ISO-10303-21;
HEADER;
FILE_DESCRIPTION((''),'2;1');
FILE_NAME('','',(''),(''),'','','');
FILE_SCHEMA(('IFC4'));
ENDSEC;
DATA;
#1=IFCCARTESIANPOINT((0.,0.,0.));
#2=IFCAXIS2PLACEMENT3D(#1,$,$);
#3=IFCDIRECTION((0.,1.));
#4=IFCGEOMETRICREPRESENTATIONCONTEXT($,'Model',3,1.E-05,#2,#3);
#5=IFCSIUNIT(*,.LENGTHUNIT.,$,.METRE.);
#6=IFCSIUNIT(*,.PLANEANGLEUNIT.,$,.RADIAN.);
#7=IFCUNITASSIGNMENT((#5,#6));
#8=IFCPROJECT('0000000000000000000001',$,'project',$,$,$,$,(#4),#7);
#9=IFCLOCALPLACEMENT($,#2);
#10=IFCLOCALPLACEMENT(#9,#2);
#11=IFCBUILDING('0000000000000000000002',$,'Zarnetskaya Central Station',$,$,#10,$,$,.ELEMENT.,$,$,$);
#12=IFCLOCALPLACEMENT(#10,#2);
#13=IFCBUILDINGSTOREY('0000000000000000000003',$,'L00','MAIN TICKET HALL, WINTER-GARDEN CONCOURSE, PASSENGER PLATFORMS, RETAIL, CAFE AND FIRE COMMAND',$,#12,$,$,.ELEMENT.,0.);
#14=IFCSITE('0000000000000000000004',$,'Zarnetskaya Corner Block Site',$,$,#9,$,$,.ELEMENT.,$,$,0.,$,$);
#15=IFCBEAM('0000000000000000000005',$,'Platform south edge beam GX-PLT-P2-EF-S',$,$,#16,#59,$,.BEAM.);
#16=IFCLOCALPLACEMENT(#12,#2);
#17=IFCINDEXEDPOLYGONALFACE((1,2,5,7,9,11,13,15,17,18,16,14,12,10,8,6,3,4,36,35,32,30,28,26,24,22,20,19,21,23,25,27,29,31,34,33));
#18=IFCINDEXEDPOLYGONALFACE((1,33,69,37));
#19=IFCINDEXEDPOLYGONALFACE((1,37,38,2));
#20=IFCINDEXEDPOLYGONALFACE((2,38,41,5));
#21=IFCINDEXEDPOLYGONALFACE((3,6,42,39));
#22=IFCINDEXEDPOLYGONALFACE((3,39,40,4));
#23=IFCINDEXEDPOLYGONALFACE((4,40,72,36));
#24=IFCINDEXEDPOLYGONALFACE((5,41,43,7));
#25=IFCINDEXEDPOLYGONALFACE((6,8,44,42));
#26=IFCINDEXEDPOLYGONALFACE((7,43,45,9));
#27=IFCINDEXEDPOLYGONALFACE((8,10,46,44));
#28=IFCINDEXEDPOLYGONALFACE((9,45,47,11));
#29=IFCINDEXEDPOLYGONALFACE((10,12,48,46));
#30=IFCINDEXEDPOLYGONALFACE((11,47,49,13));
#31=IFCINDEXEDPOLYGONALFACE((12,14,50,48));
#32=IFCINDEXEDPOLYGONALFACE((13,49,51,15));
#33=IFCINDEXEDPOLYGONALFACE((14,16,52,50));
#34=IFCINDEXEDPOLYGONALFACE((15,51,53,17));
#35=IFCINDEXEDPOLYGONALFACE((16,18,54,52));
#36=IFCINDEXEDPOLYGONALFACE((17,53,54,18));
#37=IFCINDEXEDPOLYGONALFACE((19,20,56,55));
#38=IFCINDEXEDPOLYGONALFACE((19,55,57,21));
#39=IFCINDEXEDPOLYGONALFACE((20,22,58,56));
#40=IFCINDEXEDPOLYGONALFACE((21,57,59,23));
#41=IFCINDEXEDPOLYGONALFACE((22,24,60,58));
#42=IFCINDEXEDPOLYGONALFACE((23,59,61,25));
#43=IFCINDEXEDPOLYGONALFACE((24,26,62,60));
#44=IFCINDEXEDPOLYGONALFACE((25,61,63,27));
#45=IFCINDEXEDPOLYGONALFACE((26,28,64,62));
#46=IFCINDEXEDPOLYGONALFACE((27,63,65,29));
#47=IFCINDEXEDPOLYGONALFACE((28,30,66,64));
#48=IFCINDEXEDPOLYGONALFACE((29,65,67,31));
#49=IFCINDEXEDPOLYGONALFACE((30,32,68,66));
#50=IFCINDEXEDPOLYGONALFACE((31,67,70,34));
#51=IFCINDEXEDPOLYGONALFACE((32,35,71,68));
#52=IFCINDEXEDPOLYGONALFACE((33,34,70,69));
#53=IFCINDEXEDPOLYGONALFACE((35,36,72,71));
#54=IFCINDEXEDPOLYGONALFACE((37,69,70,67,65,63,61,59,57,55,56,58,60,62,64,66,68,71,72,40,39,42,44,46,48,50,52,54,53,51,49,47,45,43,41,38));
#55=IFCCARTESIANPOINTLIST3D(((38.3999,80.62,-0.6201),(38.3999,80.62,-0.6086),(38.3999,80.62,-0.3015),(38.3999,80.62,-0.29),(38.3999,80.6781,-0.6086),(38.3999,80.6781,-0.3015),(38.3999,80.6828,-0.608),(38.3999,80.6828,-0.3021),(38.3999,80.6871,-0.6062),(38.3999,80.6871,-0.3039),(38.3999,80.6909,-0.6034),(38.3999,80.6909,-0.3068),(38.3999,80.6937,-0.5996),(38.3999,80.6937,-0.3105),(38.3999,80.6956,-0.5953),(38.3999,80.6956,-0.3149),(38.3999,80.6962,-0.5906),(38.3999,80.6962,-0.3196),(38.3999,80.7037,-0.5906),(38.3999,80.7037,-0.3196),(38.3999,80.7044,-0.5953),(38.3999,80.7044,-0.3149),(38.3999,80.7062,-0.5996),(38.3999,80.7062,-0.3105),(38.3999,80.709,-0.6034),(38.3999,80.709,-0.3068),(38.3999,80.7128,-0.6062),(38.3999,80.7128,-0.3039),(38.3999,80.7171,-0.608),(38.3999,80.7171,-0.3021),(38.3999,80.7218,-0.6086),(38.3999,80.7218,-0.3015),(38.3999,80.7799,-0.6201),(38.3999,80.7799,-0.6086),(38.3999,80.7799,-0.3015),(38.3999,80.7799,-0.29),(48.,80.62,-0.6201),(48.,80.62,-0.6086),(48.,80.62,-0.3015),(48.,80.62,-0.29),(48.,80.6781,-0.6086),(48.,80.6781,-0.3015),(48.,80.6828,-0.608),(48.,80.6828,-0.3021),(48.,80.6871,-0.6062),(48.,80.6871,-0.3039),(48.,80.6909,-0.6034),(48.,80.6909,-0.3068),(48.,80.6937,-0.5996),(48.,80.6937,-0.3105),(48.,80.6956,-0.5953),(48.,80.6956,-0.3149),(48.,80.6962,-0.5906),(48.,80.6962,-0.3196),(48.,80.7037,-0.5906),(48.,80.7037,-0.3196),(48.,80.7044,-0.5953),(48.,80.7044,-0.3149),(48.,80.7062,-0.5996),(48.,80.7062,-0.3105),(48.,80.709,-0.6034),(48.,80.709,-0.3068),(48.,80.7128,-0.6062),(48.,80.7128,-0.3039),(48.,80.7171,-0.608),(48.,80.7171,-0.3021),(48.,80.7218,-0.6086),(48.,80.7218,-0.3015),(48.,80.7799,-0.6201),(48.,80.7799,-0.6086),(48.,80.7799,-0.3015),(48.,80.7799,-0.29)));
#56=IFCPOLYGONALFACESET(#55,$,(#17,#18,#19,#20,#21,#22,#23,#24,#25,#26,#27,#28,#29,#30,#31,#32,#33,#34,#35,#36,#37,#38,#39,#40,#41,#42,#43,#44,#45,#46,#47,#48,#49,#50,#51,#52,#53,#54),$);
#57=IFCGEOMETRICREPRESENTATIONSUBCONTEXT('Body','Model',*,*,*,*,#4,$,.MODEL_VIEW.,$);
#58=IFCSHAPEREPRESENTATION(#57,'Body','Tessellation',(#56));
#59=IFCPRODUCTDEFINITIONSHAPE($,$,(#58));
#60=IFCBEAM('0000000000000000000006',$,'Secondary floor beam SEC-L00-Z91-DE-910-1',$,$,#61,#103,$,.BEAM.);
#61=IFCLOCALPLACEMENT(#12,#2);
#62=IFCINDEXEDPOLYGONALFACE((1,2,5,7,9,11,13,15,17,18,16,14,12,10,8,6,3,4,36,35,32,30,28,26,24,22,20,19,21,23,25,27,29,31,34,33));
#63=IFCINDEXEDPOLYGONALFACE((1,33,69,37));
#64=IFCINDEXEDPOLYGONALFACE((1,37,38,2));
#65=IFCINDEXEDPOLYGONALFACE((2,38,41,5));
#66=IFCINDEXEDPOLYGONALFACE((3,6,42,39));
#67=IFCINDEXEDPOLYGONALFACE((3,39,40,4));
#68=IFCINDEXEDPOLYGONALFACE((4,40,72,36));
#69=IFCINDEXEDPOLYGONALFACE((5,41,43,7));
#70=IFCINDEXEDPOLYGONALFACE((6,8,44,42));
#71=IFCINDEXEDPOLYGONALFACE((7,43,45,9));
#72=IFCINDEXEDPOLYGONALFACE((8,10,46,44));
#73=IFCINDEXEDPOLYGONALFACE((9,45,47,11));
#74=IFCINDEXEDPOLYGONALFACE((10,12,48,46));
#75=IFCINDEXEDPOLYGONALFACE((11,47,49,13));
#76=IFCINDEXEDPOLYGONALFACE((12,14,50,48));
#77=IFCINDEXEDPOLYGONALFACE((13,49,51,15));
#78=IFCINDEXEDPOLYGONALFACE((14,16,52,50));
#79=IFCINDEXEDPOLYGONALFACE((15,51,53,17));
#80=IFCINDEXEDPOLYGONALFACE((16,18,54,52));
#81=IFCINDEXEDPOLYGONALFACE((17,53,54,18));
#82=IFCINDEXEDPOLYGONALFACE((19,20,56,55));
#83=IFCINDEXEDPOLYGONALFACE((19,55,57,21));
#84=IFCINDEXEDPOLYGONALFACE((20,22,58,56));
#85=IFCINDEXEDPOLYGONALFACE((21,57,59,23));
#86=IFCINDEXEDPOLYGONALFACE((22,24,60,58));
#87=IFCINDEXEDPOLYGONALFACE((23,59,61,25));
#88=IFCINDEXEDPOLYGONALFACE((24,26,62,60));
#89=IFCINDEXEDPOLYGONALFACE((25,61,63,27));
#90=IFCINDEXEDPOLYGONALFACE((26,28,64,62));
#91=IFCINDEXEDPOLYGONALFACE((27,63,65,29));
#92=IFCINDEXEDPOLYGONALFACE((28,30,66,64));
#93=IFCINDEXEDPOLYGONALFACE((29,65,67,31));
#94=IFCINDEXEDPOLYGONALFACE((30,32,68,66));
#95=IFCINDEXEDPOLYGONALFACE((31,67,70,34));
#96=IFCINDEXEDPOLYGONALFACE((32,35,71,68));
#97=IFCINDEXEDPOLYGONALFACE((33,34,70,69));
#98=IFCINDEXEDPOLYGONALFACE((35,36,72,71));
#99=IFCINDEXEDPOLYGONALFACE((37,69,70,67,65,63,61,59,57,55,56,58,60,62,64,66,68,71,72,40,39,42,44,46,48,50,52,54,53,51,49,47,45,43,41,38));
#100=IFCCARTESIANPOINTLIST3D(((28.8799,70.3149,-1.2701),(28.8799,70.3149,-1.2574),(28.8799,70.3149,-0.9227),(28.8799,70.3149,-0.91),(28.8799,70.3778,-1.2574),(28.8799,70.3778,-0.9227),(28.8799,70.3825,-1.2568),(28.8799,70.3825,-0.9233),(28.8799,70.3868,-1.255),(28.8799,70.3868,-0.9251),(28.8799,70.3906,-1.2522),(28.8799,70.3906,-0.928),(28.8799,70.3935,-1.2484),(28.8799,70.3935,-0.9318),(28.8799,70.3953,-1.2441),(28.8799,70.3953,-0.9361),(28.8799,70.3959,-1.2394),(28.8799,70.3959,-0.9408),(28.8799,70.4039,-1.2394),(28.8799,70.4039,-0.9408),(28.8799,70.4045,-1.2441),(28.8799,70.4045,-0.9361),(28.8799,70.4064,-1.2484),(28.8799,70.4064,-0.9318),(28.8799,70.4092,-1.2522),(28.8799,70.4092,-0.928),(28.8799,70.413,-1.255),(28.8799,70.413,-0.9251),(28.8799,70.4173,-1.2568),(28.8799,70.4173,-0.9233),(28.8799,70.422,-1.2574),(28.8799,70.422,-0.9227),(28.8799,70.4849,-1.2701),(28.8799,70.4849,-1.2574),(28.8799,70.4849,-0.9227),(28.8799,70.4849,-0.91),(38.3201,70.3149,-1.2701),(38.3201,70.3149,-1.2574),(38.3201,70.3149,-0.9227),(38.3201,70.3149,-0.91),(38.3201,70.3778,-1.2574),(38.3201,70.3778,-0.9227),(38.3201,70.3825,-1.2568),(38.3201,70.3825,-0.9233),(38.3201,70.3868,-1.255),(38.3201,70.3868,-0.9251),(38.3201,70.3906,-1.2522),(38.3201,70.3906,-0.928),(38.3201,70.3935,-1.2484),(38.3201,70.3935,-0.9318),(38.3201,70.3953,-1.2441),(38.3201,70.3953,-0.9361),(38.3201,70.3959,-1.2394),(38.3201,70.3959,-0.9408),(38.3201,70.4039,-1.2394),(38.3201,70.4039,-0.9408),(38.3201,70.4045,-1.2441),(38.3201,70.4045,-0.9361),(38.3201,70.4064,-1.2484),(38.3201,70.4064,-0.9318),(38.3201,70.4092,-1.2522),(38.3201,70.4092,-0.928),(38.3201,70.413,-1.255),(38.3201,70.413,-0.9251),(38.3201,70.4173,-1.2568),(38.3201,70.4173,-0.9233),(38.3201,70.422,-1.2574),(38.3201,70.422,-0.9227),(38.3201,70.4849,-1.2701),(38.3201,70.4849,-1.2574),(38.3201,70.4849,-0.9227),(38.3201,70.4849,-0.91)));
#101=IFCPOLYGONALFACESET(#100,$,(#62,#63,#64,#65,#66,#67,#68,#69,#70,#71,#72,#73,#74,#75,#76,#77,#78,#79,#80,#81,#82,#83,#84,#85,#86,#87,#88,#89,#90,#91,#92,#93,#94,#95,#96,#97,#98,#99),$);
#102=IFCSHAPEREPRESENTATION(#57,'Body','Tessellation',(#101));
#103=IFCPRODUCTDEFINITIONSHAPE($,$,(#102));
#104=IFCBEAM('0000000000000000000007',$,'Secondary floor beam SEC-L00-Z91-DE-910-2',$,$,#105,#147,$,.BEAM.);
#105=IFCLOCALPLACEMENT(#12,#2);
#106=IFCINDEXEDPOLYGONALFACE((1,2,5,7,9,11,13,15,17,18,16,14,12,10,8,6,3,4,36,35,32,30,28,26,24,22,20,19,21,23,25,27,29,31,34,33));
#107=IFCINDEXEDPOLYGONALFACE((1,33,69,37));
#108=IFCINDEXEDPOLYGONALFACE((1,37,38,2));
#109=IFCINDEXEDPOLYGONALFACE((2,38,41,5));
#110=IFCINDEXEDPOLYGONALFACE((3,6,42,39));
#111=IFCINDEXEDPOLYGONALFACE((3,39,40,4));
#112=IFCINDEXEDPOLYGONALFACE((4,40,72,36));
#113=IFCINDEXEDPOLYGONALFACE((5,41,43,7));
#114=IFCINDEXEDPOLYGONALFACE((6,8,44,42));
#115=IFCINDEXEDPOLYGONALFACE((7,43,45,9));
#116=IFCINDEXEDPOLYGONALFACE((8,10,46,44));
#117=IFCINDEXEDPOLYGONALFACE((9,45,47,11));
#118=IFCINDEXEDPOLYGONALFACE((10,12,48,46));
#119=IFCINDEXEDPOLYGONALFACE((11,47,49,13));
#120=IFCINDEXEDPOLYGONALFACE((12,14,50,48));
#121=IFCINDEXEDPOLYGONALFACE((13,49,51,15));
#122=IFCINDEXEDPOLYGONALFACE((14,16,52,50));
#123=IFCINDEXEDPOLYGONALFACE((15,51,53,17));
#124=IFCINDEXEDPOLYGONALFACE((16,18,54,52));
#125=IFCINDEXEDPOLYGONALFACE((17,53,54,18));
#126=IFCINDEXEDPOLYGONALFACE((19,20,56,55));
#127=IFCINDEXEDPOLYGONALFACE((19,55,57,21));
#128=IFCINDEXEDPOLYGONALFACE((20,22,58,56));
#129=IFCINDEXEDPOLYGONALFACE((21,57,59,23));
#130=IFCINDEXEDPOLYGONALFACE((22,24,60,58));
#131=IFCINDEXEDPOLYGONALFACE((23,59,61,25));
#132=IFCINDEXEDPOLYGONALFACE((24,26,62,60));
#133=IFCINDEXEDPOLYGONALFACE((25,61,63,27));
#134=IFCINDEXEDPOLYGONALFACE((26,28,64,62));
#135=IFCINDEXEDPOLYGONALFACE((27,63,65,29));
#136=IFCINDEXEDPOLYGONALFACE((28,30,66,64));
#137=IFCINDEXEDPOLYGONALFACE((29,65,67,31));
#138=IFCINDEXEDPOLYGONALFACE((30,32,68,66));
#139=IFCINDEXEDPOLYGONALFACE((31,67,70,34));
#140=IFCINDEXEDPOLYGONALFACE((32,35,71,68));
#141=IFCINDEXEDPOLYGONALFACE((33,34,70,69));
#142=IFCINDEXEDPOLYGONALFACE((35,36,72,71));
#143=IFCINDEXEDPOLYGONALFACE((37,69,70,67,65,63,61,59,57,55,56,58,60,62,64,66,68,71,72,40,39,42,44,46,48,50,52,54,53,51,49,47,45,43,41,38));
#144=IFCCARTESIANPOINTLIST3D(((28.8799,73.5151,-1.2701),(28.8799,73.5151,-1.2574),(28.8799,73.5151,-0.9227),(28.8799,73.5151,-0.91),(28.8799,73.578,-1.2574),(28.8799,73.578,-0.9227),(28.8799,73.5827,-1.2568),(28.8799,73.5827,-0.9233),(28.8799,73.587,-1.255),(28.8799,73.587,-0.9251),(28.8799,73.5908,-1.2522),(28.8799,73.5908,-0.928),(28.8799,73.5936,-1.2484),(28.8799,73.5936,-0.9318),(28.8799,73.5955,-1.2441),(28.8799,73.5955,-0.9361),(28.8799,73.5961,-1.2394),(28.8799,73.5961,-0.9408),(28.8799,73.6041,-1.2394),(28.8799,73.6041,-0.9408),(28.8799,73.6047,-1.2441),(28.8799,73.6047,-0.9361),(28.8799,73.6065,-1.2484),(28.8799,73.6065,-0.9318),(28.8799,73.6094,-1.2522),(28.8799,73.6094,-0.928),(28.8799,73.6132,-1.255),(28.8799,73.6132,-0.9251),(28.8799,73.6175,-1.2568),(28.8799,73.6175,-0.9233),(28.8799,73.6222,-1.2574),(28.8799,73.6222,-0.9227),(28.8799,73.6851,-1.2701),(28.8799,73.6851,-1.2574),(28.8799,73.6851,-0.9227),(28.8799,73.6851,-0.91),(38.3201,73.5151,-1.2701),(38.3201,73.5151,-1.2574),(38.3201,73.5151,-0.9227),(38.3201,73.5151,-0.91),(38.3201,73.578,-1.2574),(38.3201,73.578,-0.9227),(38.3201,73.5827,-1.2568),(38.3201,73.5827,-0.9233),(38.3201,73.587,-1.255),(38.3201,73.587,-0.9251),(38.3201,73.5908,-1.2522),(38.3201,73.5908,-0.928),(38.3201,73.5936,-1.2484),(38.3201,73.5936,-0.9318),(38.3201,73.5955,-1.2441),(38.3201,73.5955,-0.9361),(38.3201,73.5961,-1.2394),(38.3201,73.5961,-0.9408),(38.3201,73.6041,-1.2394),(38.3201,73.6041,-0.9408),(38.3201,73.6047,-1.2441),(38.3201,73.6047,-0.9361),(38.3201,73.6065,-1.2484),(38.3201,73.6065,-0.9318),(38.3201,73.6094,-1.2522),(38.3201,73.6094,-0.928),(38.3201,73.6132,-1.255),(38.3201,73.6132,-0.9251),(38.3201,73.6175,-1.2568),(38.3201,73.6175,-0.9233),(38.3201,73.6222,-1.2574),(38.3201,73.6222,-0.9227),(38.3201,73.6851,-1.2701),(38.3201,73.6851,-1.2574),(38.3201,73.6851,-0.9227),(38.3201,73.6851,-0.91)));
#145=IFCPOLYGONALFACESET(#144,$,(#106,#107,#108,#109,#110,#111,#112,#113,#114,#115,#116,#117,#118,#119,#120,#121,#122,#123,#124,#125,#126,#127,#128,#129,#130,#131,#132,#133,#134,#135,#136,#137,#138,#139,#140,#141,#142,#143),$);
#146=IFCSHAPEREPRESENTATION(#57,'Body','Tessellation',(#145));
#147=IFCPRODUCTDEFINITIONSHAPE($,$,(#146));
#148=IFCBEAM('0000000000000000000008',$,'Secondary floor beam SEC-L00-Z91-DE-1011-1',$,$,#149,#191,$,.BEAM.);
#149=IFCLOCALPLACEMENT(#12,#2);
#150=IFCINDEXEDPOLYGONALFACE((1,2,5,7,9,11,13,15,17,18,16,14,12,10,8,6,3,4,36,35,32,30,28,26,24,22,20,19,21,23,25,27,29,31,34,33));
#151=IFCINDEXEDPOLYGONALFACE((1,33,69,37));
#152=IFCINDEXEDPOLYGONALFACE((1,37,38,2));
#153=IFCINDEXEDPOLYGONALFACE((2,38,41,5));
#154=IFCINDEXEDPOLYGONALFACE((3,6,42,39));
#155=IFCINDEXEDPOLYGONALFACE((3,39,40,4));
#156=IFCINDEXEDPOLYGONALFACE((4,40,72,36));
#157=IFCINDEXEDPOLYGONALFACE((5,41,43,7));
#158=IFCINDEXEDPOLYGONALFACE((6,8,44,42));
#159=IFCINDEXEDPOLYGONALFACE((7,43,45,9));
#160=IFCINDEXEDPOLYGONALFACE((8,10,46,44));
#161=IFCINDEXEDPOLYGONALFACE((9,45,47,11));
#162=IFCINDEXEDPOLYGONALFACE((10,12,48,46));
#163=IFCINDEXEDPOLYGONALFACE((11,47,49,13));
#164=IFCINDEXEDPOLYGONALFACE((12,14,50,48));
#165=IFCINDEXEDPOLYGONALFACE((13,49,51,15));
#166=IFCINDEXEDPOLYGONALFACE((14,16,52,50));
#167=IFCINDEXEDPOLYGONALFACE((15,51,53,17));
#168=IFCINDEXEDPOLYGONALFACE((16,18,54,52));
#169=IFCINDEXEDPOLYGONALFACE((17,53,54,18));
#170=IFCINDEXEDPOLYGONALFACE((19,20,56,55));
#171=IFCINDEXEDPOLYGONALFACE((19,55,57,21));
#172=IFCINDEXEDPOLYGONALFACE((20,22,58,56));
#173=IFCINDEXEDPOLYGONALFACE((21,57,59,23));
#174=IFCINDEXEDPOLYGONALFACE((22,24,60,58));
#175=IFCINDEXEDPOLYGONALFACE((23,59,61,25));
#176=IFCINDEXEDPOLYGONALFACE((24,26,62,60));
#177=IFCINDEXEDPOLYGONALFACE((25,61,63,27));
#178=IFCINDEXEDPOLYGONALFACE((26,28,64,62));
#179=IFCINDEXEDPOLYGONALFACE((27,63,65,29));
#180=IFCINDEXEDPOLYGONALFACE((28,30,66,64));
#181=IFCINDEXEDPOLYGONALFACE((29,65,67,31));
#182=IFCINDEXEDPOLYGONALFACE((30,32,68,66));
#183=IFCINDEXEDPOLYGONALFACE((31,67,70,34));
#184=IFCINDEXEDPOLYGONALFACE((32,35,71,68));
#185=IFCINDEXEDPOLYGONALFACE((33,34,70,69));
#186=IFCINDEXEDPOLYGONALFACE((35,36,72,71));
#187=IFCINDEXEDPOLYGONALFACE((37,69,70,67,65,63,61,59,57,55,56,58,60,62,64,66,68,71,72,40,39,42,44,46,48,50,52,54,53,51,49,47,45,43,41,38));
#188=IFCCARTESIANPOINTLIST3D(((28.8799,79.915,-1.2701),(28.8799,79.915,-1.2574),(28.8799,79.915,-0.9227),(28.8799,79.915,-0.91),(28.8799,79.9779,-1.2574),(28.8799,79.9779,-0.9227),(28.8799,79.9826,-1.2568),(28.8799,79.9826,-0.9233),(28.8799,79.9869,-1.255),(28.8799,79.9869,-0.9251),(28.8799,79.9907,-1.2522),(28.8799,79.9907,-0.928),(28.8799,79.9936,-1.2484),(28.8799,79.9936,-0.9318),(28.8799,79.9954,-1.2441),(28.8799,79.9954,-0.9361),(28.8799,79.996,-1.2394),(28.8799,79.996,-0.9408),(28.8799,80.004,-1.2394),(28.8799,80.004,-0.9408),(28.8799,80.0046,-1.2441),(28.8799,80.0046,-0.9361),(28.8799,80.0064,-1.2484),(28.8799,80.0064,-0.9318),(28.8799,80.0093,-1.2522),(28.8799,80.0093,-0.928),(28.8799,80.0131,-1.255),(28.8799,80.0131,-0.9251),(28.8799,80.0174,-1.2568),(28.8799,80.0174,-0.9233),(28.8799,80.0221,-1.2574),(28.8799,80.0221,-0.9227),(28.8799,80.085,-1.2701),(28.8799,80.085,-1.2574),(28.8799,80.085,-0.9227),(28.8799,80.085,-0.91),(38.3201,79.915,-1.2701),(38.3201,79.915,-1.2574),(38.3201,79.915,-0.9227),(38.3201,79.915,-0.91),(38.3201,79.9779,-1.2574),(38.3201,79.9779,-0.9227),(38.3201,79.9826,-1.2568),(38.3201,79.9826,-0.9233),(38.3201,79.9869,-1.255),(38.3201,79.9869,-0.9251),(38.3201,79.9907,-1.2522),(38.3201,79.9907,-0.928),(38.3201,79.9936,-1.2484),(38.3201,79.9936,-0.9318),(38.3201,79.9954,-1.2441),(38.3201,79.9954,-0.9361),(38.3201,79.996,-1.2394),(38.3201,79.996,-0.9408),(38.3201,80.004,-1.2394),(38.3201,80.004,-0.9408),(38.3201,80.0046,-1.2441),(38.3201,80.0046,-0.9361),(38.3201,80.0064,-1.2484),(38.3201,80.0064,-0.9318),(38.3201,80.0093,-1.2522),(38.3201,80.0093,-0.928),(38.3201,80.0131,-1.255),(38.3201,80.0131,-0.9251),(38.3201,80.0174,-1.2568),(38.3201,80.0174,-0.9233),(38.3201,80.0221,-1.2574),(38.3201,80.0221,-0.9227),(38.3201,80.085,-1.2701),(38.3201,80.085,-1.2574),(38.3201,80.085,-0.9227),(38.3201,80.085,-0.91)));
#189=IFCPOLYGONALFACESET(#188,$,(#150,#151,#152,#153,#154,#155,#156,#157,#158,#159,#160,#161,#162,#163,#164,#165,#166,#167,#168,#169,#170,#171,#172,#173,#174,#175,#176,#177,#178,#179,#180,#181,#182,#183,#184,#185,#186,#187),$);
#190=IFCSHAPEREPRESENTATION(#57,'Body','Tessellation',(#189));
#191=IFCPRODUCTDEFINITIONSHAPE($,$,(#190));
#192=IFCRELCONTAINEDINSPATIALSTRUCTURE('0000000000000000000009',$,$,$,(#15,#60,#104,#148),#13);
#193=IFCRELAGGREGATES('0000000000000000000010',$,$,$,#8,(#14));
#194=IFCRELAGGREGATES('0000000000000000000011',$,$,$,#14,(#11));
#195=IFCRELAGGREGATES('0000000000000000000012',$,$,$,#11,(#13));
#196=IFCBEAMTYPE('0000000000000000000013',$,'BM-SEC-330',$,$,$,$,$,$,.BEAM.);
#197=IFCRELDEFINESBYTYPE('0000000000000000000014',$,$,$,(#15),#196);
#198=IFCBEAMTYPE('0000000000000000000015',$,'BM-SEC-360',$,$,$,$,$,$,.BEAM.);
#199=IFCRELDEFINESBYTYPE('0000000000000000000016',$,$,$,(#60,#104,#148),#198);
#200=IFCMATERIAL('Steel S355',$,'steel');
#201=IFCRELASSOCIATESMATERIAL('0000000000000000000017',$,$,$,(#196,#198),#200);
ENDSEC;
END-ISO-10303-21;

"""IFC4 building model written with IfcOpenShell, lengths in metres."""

from ifc_helpers import new_model, si_unit, direction, frame, origin, origin_2d, place, context, subcontext, project, spatial, i_section, extrude, material, material_profile, profile_set, type_object, element, save


model = new_model("IFC4")

# Units and contexts
model_context = context("Model", 3, precision=1e-05, world=origin(), true_north=direction((0.0, 1.0)))
body_context = subcontext(model_context, "Body", "Model", "MODEL_VIEW")
ifc_project = project(units=[si_unit("LENGTHUNIT", "METRE"), si_unit("PLANEANGLEUNIT", "RADIAN")], contexts=[model_context])

# Site, building, storey
site_placement = place(None, origin())
site = spatial("IfcSite", under=ifc_project, at=site_placement, Name="Zarnetskaya Corner Block Site", CompositionType="ELEMENT", RefElevation=0.0)
building_placement = place(site_placement, origin())
building = spatial("IfcBuilding", under=site, at=building_placement, Name="Zarnetskaya Central Station", CompositionType="ELEMENT")
storey_placement = place(building_placement, origin())
storey = spatial("IfcBuildingStorey", under=building, at=storey_placement, Name="L00", Description="MAIN TICKET HALL, WINTER-GARDEN CONCOURSE, PASSENGER PLATFORMS, RETAIL, CAFE AND FIRE COMMAND", CompositionType="ELEMENT", Elevation=0.0)

# Shared definitions
ifc_material = material(Name="Steel S355", Category="steel")

# Beams
ifc_material_profile_1 = material_profile(ifc_material, i_section(OverallWidth=0.1599, OverallDepth=0.3301, WebThickness=0.0076, FlangeThickness=0.0115, FilletRadius=0.0181, at=origin_2d()), Name="IPE 330")
ifc_profile_set_1 = profile_set([ifc_material_profile_1], Name="Steel S355")
beam_type_1 = type_object("IfcBeamType", Name="BM-SEC-330", PredefinedType="BEAM", material=ifc_profile_set_1)
beam_1_placement = place(storey_placement, frame((38.3999, 80.7, -0.4551), z_axis=(1.0, 0.0, 0.0), x_axis=(0.0, 1.0, 0.0)))
element("IfcBeam", 1, at=beam_1_placement, inside=storey, type_object=beam_type_1, Name="Platform south edge beam GX-PLT-P2-EF-S", PredefinedType="BEAM", context=body_context, shape_type="SweptSolid", body=[
    extrude(i_section(OverallWidth=0.1599, OverallDepth=0.3301, WebThickness=0.0076, FlangeThickness=0.0115, FilletRadius=0.0181, at=origin_2d()), origin(), (0.0, 0.0, 1.0), 9.6001),
])
ifc_material_profile_2 = material_profile(ifc_material, i_section(OverallWidth=0.1699, OverallDepth=0.3601, WebThickness=0.0081, FlangeThickness=0.0127, FilletRadius=0.0181, at=origin_2d()), Name="IPE 360")
ifc_profile_set_2 = profile_set([ifc_material_profile_2], Name="Steel S355")
beam_type_2 = type_object("IfcBeamType", Name="BM-SEC-360", PredefinedType="BEAM", material=ifc_profile_set_2)
for number, where, z_axis, x_axis, name in (
    (2, (28.8799, 70.3999, -1.0901), (1.0, 0.0, 0.0), (0.0, 1.0, 0.0), "Secondary floor beam SEC-L00-Z91-DE-910-1"),
    (3, (28.8799, 73.6001, -1.0901), (1.0, 0.0, 0.0), (0.0, 1.0, 0.0), "Secondary floor beam SEC-L00-Z91-DE-910-2"),
    (4, (28.8799, 80.0, -1.0901), (1.0, 0.0, 0.0), (0.0, 1.0, 0.0), "Secondary floor beam SEC-L00-Z91-DE-1011-1"),
):
    element("IfcBeam", number, at=place(storey_placement, frame(where, z_axis=z_axis, x_axis=x_axis)), inside=storey, type_object=beam_type_2, Name=name, PredefinedType="BEAM", context=body_context, shape_type="SweptSolid", body=[
        extrude(i_section(OverallWidth=0.1699, OverallDepth=0.3601, WebThickness=0.0081, FlangeThickness=0.0127, FilletRadius=0.0181, at=origin_2d()), origin(), (0.0, 0.0, 1.0), 9.4402),
    ])

save(model, "model.ifc")
